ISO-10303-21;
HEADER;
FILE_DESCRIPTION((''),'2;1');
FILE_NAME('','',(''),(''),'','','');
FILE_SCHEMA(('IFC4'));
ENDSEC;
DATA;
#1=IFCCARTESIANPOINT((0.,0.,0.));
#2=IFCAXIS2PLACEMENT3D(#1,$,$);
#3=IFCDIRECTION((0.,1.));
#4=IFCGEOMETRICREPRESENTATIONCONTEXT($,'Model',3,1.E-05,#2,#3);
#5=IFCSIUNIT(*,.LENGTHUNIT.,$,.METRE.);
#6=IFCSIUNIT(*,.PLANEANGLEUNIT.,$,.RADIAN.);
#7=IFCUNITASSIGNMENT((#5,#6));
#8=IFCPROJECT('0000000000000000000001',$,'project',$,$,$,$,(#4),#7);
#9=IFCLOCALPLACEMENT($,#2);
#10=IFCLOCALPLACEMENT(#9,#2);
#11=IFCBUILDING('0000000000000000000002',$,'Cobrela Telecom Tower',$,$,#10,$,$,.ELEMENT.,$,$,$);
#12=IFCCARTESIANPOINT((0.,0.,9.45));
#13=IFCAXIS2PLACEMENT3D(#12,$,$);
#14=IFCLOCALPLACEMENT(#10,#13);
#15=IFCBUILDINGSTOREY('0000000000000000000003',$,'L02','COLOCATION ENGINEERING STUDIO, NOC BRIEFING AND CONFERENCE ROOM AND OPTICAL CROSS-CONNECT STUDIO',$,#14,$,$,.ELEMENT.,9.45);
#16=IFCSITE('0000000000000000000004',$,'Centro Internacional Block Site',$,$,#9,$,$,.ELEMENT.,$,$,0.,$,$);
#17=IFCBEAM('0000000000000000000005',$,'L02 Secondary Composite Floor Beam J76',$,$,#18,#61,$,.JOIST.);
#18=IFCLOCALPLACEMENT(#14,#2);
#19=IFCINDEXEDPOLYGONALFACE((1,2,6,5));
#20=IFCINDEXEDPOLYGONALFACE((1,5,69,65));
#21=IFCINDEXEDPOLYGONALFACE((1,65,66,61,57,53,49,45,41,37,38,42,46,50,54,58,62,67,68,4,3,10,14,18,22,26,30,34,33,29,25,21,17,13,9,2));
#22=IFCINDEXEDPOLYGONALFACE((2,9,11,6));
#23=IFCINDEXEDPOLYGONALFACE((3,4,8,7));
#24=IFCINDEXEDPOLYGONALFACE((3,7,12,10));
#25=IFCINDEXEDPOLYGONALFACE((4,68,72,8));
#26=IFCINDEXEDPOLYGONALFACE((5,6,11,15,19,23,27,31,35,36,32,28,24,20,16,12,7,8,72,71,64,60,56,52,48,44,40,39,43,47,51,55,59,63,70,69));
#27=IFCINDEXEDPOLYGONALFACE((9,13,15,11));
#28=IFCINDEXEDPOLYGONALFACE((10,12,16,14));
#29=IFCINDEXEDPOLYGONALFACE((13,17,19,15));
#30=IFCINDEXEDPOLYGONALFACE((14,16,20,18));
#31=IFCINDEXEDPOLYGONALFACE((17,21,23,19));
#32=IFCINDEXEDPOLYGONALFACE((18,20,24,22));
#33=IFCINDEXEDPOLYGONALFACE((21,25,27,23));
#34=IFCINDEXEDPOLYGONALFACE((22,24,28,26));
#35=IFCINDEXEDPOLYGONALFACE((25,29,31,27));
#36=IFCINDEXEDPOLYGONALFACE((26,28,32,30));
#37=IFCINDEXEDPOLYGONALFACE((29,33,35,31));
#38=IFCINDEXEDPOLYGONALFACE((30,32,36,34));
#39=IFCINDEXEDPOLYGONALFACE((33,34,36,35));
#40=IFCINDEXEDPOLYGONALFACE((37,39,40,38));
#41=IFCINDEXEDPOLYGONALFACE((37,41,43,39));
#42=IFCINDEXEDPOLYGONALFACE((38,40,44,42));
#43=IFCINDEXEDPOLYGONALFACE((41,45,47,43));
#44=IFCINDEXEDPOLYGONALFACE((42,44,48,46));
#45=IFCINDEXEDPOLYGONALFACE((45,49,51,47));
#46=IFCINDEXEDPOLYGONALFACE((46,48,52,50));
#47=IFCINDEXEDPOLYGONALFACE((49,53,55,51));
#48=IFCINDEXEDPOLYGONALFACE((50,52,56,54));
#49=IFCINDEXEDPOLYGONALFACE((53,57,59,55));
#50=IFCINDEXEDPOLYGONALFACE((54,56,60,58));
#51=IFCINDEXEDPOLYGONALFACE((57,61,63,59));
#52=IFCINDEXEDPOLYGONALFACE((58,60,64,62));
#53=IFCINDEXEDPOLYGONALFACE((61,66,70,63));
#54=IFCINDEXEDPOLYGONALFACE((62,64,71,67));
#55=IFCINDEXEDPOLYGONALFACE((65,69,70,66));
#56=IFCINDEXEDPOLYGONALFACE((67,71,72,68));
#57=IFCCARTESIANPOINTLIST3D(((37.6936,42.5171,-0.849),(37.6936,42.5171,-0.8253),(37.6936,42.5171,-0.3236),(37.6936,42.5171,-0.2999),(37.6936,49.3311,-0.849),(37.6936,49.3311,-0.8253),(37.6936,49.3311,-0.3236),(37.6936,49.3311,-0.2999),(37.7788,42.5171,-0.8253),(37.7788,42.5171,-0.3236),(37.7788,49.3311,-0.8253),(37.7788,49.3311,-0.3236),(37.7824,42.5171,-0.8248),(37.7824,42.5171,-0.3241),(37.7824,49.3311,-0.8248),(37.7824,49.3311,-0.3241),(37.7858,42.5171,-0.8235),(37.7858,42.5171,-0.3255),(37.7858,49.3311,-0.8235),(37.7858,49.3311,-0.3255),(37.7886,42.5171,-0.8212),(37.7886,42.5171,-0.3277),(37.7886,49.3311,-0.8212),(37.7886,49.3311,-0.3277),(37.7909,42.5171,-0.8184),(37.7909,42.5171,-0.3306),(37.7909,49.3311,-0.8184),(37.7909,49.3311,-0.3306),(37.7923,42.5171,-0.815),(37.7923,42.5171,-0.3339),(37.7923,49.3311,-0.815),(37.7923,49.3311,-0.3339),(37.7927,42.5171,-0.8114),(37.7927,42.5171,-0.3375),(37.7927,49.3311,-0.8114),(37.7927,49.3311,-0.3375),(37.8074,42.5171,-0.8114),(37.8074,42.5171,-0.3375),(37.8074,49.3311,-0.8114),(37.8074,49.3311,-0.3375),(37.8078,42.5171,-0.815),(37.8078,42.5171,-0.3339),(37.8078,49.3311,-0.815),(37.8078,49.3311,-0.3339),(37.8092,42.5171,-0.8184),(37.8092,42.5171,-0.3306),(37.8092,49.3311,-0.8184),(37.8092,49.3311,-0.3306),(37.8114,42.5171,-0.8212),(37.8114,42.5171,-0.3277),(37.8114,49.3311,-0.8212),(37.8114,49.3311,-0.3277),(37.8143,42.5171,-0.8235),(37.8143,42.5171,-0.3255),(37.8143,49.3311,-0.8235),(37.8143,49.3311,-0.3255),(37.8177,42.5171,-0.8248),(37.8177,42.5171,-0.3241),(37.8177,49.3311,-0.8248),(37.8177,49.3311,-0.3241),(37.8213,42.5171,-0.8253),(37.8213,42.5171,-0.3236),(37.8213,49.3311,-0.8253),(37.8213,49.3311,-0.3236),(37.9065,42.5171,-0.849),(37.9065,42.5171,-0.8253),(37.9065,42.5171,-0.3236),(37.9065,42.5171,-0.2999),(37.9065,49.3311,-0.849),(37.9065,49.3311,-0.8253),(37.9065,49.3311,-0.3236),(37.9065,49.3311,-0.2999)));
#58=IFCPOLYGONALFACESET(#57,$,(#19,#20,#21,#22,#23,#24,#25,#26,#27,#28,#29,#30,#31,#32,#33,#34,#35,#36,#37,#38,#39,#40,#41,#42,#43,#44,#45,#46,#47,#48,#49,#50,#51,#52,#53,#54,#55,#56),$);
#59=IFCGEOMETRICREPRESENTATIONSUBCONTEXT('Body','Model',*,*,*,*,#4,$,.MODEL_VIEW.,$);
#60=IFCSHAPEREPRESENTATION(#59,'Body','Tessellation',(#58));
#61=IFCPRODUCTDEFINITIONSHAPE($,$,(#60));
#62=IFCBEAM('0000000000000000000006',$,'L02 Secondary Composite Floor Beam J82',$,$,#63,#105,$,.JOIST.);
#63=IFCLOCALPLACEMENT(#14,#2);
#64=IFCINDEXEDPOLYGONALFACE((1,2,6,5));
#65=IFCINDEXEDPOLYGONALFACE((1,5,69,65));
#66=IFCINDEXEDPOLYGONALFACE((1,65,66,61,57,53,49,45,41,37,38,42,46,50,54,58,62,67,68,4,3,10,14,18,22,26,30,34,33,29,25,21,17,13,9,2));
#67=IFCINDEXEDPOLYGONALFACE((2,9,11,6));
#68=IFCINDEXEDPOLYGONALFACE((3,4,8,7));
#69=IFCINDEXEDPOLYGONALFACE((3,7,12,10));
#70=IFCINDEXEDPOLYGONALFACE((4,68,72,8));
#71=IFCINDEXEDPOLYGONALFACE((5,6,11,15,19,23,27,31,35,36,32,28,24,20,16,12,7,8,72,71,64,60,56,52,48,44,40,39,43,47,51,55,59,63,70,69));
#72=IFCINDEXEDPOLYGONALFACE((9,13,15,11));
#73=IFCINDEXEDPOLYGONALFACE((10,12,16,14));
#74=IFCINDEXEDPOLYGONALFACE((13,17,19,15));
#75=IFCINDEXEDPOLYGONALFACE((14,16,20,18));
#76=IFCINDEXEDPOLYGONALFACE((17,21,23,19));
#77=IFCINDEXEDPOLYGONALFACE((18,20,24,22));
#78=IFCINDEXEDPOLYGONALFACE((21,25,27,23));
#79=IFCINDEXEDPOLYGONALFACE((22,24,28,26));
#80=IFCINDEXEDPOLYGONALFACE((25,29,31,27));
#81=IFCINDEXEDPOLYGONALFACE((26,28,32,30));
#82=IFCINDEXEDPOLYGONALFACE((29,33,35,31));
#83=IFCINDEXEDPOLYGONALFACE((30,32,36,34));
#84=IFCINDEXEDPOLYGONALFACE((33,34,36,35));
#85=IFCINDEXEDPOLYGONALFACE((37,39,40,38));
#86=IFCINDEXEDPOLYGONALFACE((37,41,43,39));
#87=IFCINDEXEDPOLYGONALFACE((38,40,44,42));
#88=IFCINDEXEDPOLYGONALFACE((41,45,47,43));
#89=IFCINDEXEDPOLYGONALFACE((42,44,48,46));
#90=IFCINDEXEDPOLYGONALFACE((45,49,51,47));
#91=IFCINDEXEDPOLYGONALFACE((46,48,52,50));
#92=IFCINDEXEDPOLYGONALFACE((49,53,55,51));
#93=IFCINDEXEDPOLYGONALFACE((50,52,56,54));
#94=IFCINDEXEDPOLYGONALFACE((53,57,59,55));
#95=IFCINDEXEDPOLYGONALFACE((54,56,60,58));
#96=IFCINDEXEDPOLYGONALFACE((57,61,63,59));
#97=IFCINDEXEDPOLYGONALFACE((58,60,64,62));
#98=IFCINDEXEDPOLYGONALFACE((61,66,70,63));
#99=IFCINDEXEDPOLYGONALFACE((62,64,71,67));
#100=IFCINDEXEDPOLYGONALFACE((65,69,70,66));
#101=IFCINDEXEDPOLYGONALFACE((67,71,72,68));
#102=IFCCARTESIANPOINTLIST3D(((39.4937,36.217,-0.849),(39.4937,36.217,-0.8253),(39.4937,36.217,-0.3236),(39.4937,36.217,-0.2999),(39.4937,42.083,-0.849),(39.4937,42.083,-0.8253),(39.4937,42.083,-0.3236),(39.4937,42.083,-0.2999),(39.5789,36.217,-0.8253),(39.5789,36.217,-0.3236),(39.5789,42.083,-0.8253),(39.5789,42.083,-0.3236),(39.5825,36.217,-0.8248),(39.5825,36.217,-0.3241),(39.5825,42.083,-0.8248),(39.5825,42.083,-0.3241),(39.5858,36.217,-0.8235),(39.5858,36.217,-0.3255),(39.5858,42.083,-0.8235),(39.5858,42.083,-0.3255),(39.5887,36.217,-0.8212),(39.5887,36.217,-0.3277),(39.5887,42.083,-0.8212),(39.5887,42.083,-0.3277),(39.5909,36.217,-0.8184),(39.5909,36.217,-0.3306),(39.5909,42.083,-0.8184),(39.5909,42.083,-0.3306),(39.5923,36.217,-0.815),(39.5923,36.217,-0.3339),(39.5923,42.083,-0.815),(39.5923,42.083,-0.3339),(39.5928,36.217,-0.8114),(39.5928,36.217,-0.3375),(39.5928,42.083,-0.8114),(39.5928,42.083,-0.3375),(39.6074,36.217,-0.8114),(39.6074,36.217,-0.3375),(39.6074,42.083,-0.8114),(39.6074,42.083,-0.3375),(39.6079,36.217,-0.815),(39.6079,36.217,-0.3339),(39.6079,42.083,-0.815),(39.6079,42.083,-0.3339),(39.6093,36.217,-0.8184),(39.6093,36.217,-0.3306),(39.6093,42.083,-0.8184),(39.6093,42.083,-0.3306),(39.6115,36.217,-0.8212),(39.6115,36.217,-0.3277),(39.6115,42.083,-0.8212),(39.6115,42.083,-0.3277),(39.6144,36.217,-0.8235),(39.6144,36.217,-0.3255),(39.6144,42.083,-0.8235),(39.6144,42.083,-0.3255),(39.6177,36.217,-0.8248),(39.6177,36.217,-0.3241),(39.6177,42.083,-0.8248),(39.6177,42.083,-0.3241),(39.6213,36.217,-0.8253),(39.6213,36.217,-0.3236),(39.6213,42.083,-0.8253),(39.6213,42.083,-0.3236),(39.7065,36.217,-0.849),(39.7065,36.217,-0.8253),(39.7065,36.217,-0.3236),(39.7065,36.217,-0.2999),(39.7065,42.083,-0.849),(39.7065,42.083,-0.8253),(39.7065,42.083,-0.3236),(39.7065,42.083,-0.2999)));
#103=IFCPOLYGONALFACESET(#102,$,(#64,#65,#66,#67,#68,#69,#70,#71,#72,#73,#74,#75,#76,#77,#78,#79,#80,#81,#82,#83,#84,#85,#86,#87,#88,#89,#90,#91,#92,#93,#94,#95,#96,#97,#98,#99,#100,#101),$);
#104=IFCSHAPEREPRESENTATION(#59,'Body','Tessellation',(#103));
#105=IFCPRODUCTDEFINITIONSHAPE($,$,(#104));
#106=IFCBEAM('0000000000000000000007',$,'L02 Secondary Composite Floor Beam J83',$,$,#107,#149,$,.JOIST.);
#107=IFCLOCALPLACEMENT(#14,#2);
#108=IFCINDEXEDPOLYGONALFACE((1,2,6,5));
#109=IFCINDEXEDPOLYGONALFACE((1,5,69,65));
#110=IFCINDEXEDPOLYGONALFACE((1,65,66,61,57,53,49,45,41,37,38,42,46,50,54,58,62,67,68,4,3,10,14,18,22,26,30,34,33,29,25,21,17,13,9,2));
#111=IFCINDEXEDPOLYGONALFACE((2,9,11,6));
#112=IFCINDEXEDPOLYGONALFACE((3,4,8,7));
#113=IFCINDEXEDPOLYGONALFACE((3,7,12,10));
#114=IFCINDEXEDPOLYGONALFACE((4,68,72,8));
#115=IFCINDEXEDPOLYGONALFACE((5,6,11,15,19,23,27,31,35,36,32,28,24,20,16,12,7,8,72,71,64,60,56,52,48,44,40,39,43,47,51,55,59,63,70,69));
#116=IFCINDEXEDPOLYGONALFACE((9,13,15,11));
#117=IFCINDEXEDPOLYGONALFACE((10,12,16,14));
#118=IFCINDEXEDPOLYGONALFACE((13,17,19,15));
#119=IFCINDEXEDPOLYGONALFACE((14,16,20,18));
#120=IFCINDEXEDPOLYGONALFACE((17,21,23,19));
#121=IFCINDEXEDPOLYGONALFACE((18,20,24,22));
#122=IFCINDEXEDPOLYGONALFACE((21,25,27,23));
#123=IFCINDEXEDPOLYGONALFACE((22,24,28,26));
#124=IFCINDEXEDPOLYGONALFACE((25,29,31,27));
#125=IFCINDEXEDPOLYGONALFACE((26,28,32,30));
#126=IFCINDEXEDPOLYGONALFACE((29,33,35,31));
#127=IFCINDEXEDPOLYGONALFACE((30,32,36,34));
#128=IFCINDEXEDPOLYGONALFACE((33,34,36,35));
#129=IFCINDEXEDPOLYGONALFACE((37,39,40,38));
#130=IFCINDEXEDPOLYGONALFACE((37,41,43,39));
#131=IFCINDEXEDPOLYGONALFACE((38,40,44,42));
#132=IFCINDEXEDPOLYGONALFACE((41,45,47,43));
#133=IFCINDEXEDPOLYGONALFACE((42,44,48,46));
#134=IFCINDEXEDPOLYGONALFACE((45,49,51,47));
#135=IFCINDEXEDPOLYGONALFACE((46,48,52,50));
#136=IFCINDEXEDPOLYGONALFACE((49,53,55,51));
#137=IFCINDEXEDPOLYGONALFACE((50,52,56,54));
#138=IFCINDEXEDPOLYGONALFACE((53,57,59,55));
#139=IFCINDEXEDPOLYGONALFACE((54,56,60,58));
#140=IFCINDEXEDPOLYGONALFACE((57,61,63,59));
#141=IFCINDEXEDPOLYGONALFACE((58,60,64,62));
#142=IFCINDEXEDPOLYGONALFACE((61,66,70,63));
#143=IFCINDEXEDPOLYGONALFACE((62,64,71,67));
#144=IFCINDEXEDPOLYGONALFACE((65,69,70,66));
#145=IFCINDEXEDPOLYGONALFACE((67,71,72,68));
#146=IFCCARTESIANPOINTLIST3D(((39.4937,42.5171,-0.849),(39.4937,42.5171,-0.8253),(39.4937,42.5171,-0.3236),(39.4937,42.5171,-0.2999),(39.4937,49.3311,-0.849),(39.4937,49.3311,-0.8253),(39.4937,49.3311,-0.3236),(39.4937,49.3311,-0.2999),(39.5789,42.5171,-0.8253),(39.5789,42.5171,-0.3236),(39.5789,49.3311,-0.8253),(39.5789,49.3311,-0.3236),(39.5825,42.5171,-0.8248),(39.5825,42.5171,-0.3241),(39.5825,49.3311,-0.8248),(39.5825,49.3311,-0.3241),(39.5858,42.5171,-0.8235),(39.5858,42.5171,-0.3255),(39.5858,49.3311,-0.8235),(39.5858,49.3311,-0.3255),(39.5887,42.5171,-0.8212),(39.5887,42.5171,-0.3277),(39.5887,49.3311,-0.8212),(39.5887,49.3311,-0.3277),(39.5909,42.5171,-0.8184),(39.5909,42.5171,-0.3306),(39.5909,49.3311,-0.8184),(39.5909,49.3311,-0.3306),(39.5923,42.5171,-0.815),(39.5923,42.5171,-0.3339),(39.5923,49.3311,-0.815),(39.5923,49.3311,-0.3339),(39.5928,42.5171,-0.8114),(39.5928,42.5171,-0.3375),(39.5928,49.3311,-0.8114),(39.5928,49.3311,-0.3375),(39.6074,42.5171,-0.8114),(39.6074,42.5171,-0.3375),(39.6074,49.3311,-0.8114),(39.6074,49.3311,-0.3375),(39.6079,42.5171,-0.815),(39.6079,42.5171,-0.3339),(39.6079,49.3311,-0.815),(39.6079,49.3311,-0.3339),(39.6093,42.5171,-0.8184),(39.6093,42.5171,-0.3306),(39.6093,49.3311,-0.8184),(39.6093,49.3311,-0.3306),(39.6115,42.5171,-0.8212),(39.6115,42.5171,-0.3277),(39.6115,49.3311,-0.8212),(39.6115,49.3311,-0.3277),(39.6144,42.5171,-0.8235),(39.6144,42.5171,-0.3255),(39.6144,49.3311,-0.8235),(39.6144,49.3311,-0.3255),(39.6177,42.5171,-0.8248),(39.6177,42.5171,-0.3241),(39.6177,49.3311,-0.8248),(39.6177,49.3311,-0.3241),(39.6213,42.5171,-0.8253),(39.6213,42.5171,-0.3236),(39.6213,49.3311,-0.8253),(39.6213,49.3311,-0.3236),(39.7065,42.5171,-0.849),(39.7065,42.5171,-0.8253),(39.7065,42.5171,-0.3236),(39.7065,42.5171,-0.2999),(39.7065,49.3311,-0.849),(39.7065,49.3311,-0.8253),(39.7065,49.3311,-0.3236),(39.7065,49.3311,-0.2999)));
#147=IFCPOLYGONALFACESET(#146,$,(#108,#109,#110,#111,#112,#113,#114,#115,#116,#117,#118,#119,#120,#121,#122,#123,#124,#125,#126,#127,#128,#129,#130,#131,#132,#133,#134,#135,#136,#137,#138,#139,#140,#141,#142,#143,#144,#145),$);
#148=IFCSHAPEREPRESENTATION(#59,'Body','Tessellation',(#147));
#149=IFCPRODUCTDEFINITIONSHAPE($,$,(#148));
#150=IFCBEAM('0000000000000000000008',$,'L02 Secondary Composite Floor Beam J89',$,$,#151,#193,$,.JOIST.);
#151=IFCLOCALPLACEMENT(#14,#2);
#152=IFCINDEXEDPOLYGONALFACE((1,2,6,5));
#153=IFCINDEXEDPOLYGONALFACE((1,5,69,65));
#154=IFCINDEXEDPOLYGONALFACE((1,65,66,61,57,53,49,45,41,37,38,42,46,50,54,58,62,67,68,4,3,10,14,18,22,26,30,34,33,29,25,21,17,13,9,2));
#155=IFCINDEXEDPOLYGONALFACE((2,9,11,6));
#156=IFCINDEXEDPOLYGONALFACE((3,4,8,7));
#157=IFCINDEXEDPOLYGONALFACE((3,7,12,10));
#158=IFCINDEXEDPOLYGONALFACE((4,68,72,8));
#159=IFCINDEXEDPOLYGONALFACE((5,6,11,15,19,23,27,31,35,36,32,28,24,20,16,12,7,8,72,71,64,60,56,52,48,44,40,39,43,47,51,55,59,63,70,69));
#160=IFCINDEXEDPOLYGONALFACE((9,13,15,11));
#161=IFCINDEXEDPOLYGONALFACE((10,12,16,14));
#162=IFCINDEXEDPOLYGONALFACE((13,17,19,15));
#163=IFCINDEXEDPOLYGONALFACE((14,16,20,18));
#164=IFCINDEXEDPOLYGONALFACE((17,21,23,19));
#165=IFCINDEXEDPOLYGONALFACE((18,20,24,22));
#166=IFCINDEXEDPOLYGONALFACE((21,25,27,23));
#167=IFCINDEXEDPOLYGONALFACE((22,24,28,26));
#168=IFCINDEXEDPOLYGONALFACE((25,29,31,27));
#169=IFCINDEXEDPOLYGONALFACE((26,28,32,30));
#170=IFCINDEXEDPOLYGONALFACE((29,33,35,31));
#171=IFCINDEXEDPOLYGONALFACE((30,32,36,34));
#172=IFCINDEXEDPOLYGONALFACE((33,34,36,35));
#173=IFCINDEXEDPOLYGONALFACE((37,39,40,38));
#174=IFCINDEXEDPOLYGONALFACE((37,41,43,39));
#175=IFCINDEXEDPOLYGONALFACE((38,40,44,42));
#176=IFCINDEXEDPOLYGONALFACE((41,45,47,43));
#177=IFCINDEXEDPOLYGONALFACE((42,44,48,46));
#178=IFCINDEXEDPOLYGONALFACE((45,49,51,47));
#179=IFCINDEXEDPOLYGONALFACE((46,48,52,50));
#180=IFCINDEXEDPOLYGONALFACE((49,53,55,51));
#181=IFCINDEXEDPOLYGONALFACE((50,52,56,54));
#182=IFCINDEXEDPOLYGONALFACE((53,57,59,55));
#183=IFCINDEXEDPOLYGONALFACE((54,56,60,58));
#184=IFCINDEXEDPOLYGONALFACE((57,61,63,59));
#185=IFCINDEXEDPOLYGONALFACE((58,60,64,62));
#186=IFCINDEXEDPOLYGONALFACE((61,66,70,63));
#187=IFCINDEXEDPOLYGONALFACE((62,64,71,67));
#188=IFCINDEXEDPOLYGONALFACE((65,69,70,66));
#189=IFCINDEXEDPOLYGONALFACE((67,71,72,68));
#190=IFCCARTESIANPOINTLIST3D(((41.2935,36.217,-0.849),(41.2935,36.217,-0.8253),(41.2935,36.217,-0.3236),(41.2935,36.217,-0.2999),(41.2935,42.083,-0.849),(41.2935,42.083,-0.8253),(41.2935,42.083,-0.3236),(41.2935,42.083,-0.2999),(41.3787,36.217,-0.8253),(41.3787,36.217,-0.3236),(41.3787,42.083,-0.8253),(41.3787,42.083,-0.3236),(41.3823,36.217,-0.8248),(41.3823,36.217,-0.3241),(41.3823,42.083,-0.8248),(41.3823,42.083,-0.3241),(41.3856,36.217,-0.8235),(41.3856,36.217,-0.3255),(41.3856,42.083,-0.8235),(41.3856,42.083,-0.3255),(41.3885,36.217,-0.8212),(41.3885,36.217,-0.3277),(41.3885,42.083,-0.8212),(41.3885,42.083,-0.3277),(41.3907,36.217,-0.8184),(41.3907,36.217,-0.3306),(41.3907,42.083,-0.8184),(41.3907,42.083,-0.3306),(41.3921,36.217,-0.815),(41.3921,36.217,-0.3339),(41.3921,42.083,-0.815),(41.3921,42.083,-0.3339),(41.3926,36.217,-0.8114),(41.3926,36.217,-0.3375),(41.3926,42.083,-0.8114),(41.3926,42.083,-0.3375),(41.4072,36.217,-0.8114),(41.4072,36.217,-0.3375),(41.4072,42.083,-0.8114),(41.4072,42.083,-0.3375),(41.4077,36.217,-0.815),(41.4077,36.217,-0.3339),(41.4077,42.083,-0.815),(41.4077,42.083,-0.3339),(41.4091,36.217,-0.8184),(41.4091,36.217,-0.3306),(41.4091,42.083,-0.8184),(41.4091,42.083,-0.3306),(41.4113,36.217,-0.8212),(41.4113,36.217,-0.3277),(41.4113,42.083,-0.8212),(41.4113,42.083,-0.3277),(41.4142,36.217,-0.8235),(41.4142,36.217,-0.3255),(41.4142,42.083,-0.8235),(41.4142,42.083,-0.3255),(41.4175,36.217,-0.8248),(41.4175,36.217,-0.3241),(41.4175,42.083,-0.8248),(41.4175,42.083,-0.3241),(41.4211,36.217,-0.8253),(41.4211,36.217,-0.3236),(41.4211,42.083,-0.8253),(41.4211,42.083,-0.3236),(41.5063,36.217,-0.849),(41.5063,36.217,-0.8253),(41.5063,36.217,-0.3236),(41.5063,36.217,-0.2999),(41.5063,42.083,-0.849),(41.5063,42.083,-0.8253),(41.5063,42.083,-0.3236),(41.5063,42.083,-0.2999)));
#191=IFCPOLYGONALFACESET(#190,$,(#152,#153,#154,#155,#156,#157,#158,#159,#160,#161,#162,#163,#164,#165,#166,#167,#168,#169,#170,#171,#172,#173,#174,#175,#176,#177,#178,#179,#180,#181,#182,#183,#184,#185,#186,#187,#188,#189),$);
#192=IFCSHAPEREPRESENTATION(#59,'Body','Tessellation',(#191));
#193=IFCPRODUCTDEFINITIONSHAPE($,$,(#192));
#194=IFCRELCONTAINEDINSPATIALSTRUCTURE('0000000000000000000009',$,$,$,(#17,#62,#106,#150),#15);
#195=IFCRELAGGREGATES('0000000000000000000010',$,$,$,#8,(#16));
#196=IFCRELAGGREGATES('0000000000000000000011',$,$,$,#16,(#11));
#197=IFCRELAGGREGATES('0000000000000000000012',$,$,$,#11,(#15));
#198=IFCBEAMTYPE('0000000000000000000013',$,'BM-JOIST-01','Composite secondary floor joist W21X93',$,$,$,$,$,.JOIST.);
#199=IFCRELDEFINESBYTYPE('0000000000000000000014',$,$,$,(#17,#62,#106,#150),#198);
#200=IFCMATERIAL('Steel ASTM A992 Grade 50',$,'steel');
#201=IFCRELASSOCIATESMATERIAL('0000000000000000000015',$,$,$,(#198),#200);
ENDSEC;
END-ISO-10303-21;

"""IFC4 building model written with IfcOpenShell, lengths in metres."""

from ifc_helpers import new_model, si_unit, direction, frame, origin, origin_2d, place, context, subcontext, project, spatial, i_section, extrude, material, material_profile, profile_set, type_object, element, save


model = new_model("IFC4")

# Units and contexts
model_context = context("Model", 3, precision=1e-05, world=origin(), true_north=direction((0.0, 1.0)))
body_context = subcontext(model_context, "Body", "Model", "MODEL_VIEW")
ifc_project = project(units=[si_unit("LENGTHUNIT", "METRE"), si_unit("PLANEANGLEUNIT", "RADIAN")], contexts=[model_context])

# Site, building, storey
site_placement = place(None, origin())
site = spatial("IfcSite", under=ifc_project, at=site_placement, Name="Centro Internacional Block Site", CompositionType="ELEMENT", RefElevation=0.0)
building_placement = place(site_placement, origin())
building = spatial("IfcBuilding", under=site, at=building_placement, Name="Cobrela Telecom Tower", CompositionType="ELEMENT")
storey_placement = place(building_placement, frame((0.0, 0.0, 9.45)))
storey = spatial("IfcBuildingStorey", under=building, at=storey_placement, Name="L02", Description="COLOCATION ENGINEERING STUDIO, NOC BRIEFING AND CONFERENCE ROOM AND OPTICAL CROSS-CONNECT STUDIO", CompositionType="ELEMENT", Elevation=9.45)

# Beams
ifc_material_1 = material(Name="Steel ASTM A992 Grade 50", Category="steel")
ifc_material_profile_1 = material_profile(ifc_material_1, i_section(OverallWidth=0.2129, OverallDepth=0.5491, WebThickness=0.0146, FlangeThickness=0.0237, FilletRadius=0.0139, at=origin_2d()), Name="W21X93")
ifc_profile_set_1 = profile_set([ifc_material_profile_1], Name="Steel ASTM A992 Grade 50")
beam_type_1 = type_object("IfcBeamType", Name="BM-JOIST-01", Description="Composite secondary floor joist W21X93", PredefinedType="JOIST", material=ifc_profile_set_1)
for number, where, z_axis, x_axis, name in (
    (1, (37.8, 42.5171, -0.5745), (0.0, 1.0, 0.0), (-1.0, 0.0, 0.0), "L02 Secondary Composite Floor Beam J76"),
):
    element("IfcBeam", number, at=place(storey_placement, frame(where, z_axis=z_axis, x_axis=x_axis)), inside=storey, type_object=beam_type_1, Name=name, PredefinedType="JOIST", context=body_context, shape_type="SweptSolid", body=[
        extrude(i_section(OverallWidth=0.2129, OverallDepth=0.5491, WebThickness=0.0146, FlangeThickness=0.0237, FilletRadius=0.0139, at=origin_2d()), origin(), (0.0, 0.0, 1.0), 6.814),
    ])
beam_1_placement = place(storey_placement, frame((39.6001, 36.217, -0.5745), z_axis=(0.0, 1.0, 0.0), x_axis=(-1.0, 0.0, 0.0)))
element("IfcBeam", 2, at=beam_1_placement, inside=storey, type_object=beam_type_1, Name="L02 Secondary Composite Floor Beam J82", PredefinedType="JOIST", context=body_context, shape_type="SweptSolid", body=[
    extrude(i_section(OverallWidth=0.2129, OverallDepth=0.5491, WebThickness=0.0146, FlangeThickness=0.0237, FilletRadius=0.0139, at=origin_2d()), origin(), (0.0, 0.0, 1.0), 5.866),
])
beam_2_placement = place(storey_placement, frame((39.6001, 42.5171, -0.5745), z_axis=(0.0, 1.0, 0.0), x_axis=(-1.0, 0.0, 0.0)))
element("IfcBeam", 3, at=beam_2_placement, inside=storey, type_object=beam_type_1, Name="L02 Secondary Composite Floor Beam J83", PredefinedType="JOIST", context=body_context, shape_type="SweptSolid", body=[
    extrude(i_section(OverallWidth=0.2129, OverallDepth=0.5491, WebThickness=0.0146, FlangeThickness=0.0237, FilletRadius=0.0139, at=origin_2d()), origin(), (0.0, 0.0, 1.0), 6.814),
])
beam_3_placement = place(storey_placement, frame((41.3999, 36.217, -0.5745), z_axis=(0.0, 1.0, 0.0), x_axis=(-1.0, 0.0, 0.0)))
element("IfcBeam", 4, at=beam_3_placement, inside=storey, type_object=beam_type_1, Name="L02 Secondary Composite Floor Beam J89", PredefinedType="JOIST", context=body_context, shape_type="SweptSolid", body=[
    extrude(i_section(OverallWidth=0.2129, OverallDepth=0.5491, WebThickness=0.0146, FlangeThickness=0.0237, FilletRadius=0.0139, at=origin_2d()), origin(), (0.0, 0.0, 1.0), 5.866),
])

save(model, "model.ifc")
